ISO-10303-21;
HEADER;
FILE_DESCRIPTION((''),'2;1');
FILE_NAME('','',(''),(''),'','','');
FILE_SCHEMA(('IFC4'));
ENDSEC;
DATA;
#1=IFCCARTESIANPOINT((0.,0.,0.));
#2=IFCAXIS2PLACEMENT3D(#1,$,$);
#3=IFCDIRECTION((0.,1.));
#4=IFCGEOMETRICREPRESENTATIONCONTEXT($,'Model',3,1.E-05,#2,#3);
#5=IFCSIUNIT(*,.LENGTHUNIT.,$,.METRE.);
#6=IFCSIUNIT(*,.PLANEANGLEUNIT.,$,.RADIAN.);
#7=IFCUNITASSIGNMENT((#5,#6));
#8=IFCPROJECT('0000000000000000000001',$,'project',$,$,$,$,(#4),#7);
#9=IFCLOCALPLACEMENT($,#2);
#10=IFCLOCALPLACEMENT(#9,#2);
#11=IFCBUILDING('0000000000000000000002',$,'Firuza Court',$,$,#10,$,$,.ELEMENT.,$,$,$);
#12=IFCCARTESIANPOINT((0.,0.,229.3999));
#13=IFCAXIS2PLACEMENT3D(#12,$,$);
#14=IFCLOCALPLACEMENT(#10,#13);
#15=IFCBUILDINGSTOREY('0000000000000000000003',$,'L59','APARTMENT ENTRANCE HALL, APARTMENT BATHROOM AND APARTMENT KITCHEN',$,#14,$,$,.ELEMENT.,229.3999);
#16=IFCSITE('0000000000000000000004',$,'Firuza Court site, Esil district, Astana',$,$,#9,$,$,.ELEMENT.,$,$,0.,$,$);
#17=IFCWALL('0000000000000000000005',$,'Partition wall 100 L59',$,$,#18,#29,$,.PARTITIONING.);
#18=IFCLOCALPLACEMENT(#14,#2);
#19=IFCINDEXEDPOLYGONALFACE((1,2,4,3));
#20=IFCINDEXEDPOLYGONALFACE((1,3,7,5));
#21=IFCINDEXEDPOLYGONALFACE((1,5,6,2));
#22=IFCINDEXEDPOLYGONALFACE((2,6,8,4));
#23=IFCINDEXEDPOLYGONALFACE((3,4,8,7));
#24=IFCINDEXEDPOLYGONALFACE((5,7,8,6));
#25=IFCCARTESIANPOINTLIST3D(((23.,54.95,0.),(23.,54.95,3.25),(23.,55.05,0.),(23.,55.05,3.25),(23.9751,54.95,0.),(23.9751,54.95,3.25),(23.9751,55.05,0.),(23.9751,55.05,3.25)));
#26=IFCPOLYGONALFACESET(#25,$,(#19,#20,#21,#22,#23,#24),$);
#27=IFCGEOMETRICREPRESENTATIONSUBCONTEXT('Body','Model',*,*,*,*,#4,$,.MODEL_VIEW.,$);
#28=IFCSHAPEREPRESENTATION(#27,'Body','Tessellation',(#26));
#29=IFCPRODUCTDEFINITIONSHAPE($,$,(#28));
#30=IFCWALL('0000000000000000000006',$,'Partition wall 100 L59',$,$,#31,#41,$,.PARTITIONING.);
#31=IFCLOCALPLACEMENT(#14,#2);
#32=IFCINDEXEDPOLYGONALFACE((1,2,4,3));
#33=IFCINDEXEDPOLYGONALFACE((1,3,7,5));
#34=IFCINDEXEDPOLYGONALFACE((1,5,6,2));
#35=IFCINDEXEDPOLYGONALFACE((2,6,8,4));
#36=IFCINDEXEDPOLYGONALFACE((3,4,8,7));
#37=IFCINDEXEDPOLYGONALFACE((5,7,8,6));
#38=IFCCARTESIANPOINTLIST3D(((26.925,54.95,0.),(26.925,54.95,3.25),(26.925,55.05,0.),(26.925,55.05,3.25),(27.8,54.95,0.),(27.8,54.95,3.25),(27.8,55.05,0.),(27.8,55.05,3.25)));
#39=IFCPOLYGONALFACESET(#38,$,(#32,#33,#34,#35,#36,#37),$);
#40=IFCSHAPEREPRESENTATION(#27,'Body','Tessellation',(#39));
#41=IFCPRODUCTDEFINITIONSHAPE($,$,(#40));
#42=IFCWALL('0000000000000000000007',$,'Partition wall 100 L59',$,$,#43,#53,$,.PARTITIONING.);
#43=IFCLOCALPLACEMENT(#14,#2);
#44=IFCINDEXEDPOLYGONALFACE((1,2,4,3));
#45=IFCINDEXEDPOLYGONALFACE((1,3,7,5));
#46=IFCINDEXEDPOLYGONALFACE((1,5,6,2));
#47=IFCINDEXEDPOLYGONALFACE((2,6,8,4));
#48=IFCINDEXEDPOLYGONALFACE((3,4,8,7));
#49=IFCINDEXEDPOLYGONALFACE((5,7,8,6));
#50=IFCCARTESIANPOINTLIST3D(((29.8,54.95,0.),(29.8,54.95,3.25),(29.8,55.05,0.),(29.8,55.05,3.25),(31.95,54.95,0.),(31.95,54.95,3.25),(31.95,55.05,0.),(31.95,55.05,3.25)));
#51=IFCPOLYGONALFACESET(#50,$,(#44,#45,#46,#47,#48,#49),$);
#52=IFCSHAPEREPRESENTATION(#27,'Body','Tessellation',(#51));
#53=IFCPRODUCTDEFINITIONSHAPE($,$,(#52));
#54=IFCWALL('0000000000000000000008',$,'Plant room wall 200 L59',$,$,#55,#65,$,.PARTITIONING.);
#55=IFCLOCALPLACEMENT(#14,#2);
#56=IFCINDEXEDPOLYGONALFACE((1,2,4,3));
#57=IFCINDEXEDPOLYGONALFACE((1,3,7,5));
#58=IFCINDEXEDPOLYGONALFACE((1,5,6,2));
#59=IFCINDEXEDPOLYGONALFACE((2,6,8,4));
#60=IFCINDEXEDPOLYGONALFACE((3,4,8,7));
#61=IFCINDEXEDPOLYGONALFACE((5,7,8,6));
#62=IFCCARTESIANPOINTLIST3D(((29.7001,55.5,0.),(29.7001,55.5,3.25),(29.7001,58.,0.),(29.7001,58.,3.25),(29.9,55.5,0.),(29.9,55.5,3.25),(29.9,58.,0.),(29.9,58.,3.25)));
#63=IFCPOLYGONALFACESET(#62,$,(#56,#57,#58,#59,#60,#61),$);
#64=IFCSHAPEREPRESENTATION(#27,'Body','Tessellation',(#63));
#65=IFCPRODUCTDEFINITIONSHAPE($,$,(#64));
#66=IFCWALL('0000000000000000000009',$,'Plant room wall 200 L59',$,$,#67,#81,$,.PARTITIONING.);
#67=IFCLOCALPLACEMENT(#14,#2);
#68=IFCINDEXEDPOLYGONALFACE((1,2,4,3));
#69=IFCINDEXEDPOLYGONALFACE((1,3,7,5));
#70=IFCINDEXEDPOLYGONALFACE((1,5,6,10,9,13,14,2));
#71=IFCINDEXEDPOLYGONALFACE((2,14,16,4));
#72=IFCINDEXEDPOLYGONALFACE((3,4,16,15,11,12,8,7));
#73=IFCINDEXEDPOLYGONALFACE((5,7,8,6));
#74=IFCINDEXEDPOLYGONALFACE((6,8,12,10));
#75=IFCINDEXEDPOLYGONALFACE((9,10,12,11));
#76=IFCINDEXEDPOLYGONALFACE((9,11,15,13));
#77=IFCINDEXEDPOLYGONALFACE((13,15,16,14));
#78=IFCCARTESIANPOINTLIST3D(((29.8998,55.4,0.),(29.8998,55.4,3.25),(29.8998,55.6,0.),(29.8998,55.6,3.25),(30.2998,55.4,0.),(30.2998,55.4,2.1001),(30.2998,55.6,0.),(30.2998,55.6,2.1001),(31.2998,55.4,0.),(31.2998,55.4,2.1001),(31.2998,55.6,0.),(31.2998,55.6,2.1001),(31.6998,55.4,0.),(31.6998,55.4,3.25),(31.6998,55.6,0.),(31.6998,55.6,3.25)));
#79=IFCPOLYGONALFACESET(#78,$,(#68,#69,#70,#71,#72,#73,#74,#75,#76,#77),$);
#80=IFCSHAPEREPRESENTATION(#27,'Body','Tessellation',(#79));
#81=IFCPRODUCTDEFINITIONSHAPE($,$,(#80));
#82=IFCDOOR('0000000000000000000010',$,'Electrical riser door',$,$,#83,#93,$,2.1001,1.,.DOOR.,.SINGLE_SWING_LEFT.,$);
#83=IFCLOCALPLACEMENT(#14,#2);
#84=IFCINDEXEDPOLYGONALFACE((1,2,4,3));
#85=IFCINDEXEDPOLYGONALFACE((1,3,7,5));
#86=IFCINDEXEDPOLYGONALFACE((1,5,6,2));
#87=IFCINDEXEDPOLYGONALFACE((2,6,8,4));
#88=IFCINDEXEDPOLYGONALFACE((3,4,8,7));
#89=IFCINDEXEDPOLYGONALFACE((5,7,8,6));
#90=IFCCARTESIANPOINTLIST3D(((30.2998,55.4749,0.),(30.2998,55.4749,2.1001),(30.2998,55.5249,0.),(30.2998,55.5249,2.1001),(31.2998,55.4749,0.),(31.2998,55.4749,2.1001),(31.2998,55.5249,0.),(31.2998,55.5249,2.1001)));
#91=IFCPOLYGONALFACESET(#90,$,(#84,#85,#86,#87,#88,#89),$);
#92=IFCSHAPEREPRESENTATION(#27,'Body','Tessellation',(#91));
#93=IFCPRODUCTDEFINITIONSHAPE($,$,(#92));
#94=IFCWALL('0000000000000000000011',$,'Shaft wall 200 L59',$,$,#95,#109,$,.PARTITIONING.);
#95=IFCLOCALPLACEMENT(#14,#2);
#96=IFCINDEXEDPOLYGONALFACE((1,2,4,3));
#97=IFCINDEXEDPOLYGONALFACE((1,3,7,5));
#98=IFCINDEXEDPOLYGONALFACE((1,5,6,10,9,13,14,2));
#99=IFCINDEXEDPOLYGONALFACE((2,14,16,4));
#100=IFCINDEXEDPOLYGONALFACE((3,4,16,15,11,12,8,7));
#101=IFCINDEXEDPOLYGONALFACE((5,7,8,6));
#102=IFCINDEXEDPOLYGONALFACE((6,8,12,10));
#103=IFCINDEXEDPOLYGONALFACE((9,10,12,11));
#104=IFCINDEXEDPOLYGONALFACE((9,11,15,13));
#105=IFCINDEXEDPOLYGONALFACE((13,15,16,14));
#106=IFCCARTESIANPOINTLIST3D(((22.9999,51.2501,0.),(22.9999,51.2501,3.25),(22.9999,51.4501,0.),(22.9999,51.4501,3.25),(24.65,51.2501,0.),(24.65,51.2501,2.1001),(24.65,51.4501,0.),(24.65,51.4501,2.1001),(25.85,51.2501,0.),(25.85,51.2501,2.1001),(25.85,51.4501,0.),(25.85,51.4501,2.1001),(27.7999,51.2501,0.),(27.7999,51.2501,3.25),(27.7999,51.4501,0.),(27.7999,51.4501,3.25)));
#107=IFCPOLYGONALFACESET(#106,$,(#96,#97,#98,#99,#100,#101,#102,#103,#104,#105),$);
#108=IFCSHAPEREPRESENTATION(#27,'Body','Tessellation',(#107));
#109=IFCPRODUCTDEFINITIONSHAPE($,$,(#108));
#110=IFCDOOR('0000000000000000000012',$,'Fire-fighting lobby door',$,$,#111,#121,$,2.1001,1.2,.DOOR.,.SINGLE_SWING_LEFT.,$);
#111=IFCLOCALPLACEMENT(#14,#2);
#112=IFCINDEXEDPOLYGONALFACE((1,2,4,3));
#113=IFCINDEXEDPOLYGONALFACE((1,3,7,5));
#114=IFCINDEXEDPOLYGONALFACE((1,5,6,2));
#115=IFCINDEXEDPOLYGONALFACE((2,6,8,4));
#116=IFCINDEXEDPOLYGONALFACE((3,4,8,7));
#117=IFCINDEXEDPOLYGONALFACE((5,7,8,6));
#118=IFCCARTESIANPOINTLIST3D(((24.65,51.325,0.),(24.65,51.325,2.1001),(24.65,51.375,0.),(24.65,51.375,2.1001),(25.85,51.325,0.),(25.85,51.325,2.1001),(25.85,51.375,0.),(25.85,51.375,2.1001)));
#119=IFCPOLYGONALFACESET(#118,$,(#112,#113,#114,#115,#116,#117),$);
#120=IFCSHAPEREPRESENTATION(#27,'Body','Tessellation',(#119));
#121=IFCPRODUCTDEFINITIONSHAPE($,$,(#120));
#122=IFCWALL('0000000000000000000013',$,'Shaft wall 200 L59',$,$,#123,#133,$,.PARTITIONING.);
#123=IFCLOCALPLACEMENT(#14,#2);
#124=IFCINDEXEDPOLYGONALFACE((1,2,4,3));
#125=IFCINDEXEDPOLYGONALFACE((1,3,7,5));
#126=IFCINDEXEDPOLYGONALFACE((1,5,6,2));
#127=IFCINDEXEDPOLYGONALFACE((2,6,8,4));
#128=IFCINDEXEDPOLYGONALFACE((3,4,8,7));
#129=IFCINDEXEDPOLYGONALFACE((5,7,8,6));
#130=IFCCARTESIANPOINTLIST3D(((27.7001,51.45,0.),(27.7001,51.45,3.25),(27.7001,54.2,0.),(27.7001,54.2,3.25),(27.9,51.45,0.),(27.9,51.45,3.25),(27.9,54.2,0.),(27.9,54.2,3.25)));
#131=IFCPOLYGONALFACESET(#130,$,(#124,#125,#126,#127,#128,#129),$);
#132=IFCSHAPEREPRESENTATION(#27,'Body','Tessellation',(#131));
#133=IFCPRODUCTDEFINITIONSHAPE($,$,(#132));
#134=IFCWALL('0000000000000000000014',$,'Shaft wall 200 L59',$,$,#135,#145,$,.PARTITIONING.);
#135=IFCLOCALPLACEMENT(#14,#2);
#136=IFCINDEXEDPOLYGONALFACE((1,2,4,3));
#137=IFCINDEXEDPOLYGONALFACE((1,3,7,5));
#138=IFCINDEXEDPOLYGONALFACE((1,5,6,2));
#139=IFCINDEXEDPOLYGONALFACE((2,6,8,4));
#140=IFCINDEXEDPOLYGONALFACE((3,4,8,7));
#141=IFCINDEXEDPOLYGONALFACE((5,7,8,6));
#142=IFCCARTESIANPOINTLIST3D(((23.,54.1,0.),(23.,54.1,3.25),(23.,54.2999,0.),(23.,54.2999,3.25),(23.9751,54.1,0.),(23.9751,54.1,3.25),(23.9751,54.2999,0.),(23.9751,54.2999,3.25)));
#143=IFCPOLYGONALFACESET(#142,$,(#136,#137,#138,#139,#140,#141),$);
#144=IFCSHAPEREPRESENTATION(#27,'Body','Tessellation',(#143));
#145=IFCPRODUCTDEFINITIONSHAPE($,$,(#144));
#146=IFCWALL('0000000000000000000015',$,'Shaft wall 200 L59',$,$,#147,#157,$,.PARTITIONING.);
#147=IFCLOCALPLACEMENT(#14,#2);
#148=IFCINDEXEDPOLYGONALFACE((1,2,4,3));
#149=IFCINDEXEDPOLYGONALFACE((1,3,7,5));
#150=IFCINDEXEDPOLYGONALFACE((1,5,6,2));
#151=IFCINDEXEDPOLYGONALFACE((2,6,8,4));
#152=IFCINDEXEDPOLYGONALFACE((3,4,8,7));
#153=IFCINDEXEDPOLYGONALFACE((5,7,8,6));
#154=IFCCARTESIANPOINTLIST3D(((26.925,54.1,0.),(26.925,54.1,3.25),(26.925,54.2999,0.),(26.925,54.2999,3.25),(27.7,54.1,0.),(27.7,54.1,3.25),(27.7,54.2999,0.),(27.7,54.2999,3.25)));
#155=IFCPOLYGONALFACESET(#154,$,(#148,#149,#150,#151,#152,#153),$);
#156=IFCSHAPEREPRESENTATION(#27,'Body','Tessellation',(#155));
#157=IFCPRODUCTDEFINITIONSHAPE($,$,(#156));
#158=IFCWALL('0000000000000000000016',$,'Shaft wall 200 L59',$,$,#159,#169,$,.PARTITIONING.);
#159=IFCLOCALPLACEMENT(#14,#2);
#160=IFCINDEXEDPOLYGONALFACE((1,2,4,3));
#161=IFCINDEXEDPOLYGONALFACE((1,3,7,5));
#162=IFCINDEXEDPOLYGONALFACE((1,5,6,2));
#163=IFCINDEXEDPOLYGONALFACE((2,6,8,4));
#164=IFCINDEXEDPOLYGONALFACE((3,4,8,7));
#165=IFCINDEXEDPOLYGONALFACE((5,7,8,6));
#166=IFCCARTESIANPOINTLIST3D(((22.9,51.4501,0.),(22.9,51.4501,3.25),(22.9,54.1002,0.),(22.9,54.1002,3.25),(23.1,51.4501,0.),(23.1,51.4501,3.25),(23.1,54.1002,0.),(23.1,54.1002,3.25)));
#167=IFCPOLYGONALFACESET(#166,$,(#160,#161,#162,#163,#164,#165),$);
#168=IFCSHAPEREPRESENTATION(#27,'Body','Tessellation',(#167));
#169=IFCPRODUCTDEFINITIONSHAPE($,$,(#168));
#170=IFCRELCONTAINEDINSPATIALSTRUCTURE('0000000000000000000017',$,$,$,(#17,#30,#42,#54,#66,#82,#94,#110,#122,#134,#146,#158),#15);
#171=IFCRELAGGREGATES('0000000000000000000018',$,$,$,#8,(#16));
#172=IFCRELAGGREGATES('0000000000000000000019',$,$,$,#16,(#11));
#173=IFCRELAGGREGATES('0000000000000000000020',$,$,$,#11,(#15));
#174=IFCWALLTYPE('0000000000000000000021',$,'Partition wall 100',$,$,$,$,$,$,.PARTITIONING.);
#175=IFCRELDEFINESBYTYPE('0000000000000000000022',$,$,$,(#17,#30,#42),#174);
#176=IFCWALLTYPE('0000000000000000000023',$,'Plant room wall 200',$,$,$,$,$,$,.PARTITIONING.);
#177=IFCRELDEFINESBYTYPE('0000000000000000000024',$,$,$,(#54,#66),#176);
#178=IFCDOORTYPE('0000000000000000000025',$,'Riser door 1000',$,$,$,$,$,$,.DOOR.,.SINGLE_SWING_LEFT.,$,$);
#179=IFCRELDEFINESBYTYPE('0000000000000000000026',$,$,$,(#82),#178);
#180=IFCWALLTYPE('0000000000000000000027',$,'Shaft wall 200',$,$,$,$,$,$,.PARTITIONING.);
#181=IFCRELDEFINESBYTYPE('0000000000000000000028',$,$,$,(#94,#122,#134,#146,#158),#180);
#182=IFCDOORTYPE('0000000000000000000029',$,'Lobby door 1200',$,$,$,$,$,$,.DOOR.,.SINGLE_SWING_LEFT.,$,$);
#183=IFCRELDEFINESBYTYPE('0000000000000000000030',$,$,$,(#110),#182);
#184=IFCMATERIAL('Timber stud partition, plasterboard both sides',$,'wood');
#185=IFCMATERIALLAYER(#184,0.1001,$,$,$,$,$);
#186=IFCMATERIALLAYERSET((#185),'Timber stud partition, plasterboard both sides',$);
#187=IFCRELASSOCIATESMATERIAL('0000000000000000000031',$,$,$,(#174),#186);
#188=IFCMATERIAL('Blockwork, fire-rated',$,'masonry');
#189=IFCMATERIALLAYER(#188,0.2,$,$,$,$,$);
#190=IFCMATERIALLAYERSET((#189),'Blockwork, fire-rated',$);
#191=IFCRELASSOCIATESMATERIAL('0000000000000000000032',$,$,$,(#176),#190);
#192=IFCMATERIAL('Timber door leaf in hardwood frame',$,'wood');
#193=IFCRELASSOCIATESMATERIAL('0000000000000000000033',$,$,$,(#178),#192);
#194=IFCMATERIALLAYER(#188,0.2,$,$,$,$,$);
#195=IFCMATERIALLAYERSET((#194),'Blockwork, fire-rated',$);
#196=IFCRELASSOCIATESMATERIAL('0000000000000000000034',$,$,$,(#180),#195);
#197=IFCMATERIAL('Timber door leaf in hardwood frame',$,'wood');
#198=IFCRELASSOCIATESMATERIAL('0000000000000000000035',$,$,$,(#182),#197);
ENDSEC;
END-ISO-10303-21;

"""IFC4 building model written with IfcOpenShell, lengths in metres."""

from ifc_helpers import new_model, si_unit, direction, frame, frame_2d, origin, place, context, subcontext, project, spatial, rectangle, extrude, material, layer, layer_set, type_object, element, fill, save


model = new_model("IFC4")

# Units and contexts
model_context = context("Model", 3, precision=1e-05, world=origin(), true_north=direction((0.0, 1.0)))
body_context = subcontext(model_context, "Body", "Model", "MODEL_VIEW")
ifc_project = project(units=[si_unit("LENGTHUNIT", "METRE"), si_unit("PLANEANGLEUNIT", "RADIAN")], contexts=[model_context])

# Site, building, storey
site_placement = place(None, origin())
site = spatial("IfcSite", under=ifc_project, at=site_placement, Name="Firuza Court site, Esil district, Astana", CompositionType="ELEMENT", RefElevation=0.0)
building_placement = place(site_placement, origin())
building = spatial("IfcBuilding", under=site, at=building_placement, Name="Firuza Court", CompositionType="ELEMENT")
storey_placement = place(building_placement, frame((0.0, 0.0, 229.3999)))
storey = spatial("IfcBuildingStorey", under=building, at=storey_placement, Name="L59", Description="APARTMENT ENTRANCE HALL, APARTMENT BATHROOM AND APARTMENT KITCHEN", CompositionType="ELEMENT", Elevation=229.3999)

# Walls
ifc_material_1 = material(Name="Timber stud partition, plasterboard both sides", Category="wood")
ifc_layer_1 = layer(ifc_material_1, 0.1001)
ifc_layer_set_1 = layer_set([ifc_layer_1], Name="Timber stud partition, plasterboard both sides")
wall_type_1 = type_object("IfcWallType", Name="Partition wall 100", PredefinedType="PARTITIONING", material=ifc_layer_set_1)
wall_1_placement = place(storey_placement, frame((23.0, 55.0, 0.0), z_axis=(0.0, 0.0, 1.0), x_axis=(1.0, 0.0, 0.0)))
element("IfcWall", 1, at=wall_1_placement, inside=storey, type_object=wall_type_1, Name="Partition wall 100 L59", PredefinedType="PARTITIONING", context=body_context, shape_type="SweptSolid", body=[
    extrude(rectangle(XDim=0.9751, YDim=0.1001, at=frame_2d((0.4875, 0.0))), origin(), (0.0, 0.0, 1.0), 3.25),
])
wall_2_placement = place(storey_placement, frame((26.925, 55.0, 0.0), z_axis=(0.0, 0.0, 1.0), x_axis=(1.0, 0.0, 0.0)))
element("IfcWall", 2, at=wall_2_placement, inside=storey, type_object=wall_type_1, Name="Partition wall 100 L59", PredefinedType="PARTITIONING", context=body_context, shape_type="SweptSolid", body=[
    extrude(rectangle(XDim=0.875, YDim=0.1001, at=frame_2d((0.4375, 0.0))), origin(), (0.0, 0.0, 1.0), 3.25),
])
wall_3_placement = place(storey_placement, frame((29.8, 55.0, 0.0), z_axis=(0.0, 0.0, 1.0), x_axis=(1.0, 0.0, 0.0)))
element("IfcWall", 3, at=wall_3_placement, inside=storey, type_object=wall_type_1, Name="Partition wall 100 L59", PredefinedType="PARTITIONING", context=body_context, shape_type="SweptSolid", body=[
    extrude(rectangle(XDim=2.1499, YDim=0.1001, at=frame_2d((1.075, 0.0))), origin(), (0.0, 0.0, 1.0), 3.25),
])
ifc_material_2 = material(Name="Blockwork, fire-rated", Category="masonry")
ifc_layer_2 = layer(ifc_material_2, 0.2)
ifc_layer_set_2 = layer_set([ifc_layer_2], Name="Blockwork, fire-rated")
wall_type_2 = type_object("IfcWallType", Name="Plant room wall 200", PredefinedType="PARTITIONING", material=ifc_layer_set_2)
wall_4_placement = place(storey_placement, frame((29.8, 55.5, 0.0), z_axis=(0.0, 0.0, 1.0), x_axis=(0.0, 1.0, 0.0)))
element("IfcWall", 4, at=wall_4_placement, inside=storey, type_object=wall_type_2, Name="Plant room wall 200 L59", PredefinedType="PARTITIONING", context=body_context, shape_type="SweptSolid", body=[
    extrude(rectangle(XDim=2.5, YDim=0.2, at=frame_2d((1.25, 0.0))), origin(), (0.0, 0.0, 1.0), 3.25),
])

# Walls, openings, doors
wall_5_placement = place(storey_placement, frame((29.8999, 55.5, 0.0), z_axis=(0.0, 0.0, 1.0), x_axis=(1.0, 0.0, 0.0)))
wall_5 = element("IfcWall", 5, at=wall_5_placement, inside=storey, type_object=wall_type_2, Name="Plant room wall 200 L59", PredefinedType="PARTITIONING", context=body_context, shape_type="SweptSolid", body=[
    extrude(rectangle(XDim=1.8, YDim=0.2, at=frame_2d((0.8999, 0.0))), origin(), (0.0, 0.0, 1.0), 3.25),
])
opening_1_placement = place(wall_5_placement, frame((0.3999, 0.0, 0.0)))
opening_1 = element("IfcOpeningElement", 6, at=opening_1_placement, cuts=wall_5, PredefinedType="OPENING", context=body_context, shape_type="SweptSolid", body=[
    extrude(rectangle(XDim=1.0, YDim=2.1001, at=frame_2d((0.5, 1.05))), frame((0.0, 0.1118, 0.0), z_axis=(0.0, -1.0, 0.0), x_axis=(1.0, 0.0, 0.0)), (0.0, 0.0, 1.0), 0.2239),
])
ifc_material_3 = material(Name="Timber door leaf in hardwood frame", Category="wood")
door_type_1 = type_object("IfcDoorType", Name="Riser door 1000", OperationType="SINGLE_SWING_LEFT", PredefinedType="DOOR", material=ifc_material_3)
door_1_placement = place(opening_1_placement, origin())
door_1 = element("IfcDoor", 7, at=door_1_placement, inside=storey, type_object=door_type_1, Name="Electrical riser door", OperationType="SINGLE_SWING_LEFT", OverallHeight=2.1001, OverallWidth=1.0, PredefinedType="DOOR", context=body_context, shape_type="SweptSolid", body=[
    extrude(rectangle(XDim=1.0, YDim=2.1001, at=frame_2d((0.5, 1.05))), frame((0.0, 0.0249, 0.0), z_axis=(0.0, -1.0, 0.0), x_axis=(1.0, 0.0, 0.0)), (0.0, 0.0, 1.0), 0.05),
])
fill(opening_1, door_1)
ifc_layer_3 = layer(ifc_material_2, 0.2)
ifc_layer_set_3 = layer_set([ifc_layer_3], Name="Blockwork, fire-rated")
wall_type_3 = type_object("IfcWallType", Name="Shaft wall 200", PredefinedType="PARTITIONING", material=ifc_layer_set_3)
wall_6_placement = place(storey_placement, frame((23.0, 51.3501, 0.0), z_axis=(0.0, 0.0, 1.0), x_axis=(1.0, 0.0, 0.0)))
wall_6 = element("IfcWall", 8, at=wall_6_placement, inside=storey, type_object=wall_type_3, Name="Shaft wall 200 L59", PredefinedType="PARTITIONING", context=body_context, shape_type="SweptSolid", body=[
    extrude(rectangle(XDim=4.8, YDim=0.2, at=frame_2d((2.3999, 0.0))), origin(), (0.0, 0.0, 1.0), 3.25),
])
opening_2_placement = place(wall_6_placement, frame((1.6499, 0.0, 0.0)))
opening_2 = element("IfcOpeningElement", 9, at=opening_2_placement, cuts=wall_6, PredefinedType="OPENING", context=body_context, shape_type="SweptSolid", body=[
    extrude(rectangle(XDim=1.2, YDim=2.1001, at=frame_2d((0.6001, 1.05))), frame((0.0, 0.1118, 0.0), z_axis=(0.0, -1.0, 0.0), x_axis=(1.0, 0.0, 0.0)), (0.0, 0.0, 1.0), 0.2239),
])
ifc_material_4 = material(Name="Timber door leaf in hardwood frame", Category="wood")
door_type_2 = type_object("IfcDoorType", Name="Lobby door 1200", OperationType="SINGLE_SWING_LEFT", PredefinedType="DOOR", material=ifc_material_4)
door_2_placement = place(opening_2_placement, origin())
door_2 = element("IfcDoor", 10, at=door_2_placement, inside=storey, type_object=door_type_2, Name="Fire-fighting lobby door", OperationType="SINGLE_SWING_LEFT", OverallHeight=2.1001, OverallWidth=1.2, PredefinedType="DOOR", context=body_context, shape_type="SweptSolid", body=[
    extrude(rectangle(XDim=1.2, YDim=2.1001, at=frame_2d((0.6001, 1.05))), frame((0.0, 0.0249, 0.0), z_axis=(0.0, -1.0, 0.0), x_axis=(1.0, 0.0, 0.0)), (0.0, 0.0, 1.0), 0.05),
])
fill(opening_2, door_2)

# Walls
wall_7_placement = place(storey_placement, frame((27.8, 51.45, 0.0), z_axis=(0.0, 0.0, 1.0), x_axis=(0.0, 1.0, 0.0)))
element("IfcWall", 11, at=wall_7_placement, inside=storey, type_object=wall_type_3, Name="Shaft wall 200 L59", PredefinedType="PARTITIONING", context=body_context, shape_type="SweptSolid", body=[
    extrude(rectangle(XDim=2.75, YDim=0.2, at=frame_2d((1.375, 0.0))), origin(), (0.0, 0.0, 1.0), 3.25),
])
wall_8_placement = place(storey_placement, frame((23.0, 54.2, 0.0), z_axis=(0.0, 0.0, 1.0), x_axis=(1.0, 0.0, 0.0)))
element("IfcWall", 12, at=wall_8_placement, inside=storey, type_object=wall_type_3, Name="Shaft wall 200 L59", PredefinedType="PARTITIONING", context=body_context, shape_type="SweptSolid", body=[
    extrude(rectangle(XDim=0.9751, YDim=0.2, at=frame_2d((0.4875, 0.0))), origin(), (0.0, 0.0, 1.0), 3.25),
])
wall_9_placement = place(storey_placement, frame((26.925, 54.2, 0.0), z_axis=(0.0, 0.0, 1.0), x_axis=(1.0, 0.0, 0.0)))
element("IfcWall", 13, at=wall_9_placement, inside=storey, type_object=wall_type_3, Name="Shaft wall 200 L59", PredefinedType="PARTITIONING", context=body_context, shape_type="SweptSolid", body=[
    extrude(rectangle(XDim=0.7749, YDim=0.2, at=frame_2d((0.3875, 0.0))), origin(), (0.0, 0.0, 1.0), 3.25),
])
wall_10_placement = place(storey_placement, frame((23.0, 51.45, 0.0), z_axis=(0.0, 0.0, 1.0), x_axis=(0.0, 1.0, 0.0)))
element("IfcWall", 14, at=wall_10_placement, inside=storey, type_object=wall_type_3, Name="Shaft wall 200 L59", PredefinedType="PARTITIONING", context=body_context, shape_type="SweptSolid", body=[
    extrude(rectangle(XDim=2.6501, YDim=0.2, at=frame_2d((1.3252, 0.0))), origin(), (0.0, 0.0, 1.0), 3.25),
])

save(model, "model.ifc")
